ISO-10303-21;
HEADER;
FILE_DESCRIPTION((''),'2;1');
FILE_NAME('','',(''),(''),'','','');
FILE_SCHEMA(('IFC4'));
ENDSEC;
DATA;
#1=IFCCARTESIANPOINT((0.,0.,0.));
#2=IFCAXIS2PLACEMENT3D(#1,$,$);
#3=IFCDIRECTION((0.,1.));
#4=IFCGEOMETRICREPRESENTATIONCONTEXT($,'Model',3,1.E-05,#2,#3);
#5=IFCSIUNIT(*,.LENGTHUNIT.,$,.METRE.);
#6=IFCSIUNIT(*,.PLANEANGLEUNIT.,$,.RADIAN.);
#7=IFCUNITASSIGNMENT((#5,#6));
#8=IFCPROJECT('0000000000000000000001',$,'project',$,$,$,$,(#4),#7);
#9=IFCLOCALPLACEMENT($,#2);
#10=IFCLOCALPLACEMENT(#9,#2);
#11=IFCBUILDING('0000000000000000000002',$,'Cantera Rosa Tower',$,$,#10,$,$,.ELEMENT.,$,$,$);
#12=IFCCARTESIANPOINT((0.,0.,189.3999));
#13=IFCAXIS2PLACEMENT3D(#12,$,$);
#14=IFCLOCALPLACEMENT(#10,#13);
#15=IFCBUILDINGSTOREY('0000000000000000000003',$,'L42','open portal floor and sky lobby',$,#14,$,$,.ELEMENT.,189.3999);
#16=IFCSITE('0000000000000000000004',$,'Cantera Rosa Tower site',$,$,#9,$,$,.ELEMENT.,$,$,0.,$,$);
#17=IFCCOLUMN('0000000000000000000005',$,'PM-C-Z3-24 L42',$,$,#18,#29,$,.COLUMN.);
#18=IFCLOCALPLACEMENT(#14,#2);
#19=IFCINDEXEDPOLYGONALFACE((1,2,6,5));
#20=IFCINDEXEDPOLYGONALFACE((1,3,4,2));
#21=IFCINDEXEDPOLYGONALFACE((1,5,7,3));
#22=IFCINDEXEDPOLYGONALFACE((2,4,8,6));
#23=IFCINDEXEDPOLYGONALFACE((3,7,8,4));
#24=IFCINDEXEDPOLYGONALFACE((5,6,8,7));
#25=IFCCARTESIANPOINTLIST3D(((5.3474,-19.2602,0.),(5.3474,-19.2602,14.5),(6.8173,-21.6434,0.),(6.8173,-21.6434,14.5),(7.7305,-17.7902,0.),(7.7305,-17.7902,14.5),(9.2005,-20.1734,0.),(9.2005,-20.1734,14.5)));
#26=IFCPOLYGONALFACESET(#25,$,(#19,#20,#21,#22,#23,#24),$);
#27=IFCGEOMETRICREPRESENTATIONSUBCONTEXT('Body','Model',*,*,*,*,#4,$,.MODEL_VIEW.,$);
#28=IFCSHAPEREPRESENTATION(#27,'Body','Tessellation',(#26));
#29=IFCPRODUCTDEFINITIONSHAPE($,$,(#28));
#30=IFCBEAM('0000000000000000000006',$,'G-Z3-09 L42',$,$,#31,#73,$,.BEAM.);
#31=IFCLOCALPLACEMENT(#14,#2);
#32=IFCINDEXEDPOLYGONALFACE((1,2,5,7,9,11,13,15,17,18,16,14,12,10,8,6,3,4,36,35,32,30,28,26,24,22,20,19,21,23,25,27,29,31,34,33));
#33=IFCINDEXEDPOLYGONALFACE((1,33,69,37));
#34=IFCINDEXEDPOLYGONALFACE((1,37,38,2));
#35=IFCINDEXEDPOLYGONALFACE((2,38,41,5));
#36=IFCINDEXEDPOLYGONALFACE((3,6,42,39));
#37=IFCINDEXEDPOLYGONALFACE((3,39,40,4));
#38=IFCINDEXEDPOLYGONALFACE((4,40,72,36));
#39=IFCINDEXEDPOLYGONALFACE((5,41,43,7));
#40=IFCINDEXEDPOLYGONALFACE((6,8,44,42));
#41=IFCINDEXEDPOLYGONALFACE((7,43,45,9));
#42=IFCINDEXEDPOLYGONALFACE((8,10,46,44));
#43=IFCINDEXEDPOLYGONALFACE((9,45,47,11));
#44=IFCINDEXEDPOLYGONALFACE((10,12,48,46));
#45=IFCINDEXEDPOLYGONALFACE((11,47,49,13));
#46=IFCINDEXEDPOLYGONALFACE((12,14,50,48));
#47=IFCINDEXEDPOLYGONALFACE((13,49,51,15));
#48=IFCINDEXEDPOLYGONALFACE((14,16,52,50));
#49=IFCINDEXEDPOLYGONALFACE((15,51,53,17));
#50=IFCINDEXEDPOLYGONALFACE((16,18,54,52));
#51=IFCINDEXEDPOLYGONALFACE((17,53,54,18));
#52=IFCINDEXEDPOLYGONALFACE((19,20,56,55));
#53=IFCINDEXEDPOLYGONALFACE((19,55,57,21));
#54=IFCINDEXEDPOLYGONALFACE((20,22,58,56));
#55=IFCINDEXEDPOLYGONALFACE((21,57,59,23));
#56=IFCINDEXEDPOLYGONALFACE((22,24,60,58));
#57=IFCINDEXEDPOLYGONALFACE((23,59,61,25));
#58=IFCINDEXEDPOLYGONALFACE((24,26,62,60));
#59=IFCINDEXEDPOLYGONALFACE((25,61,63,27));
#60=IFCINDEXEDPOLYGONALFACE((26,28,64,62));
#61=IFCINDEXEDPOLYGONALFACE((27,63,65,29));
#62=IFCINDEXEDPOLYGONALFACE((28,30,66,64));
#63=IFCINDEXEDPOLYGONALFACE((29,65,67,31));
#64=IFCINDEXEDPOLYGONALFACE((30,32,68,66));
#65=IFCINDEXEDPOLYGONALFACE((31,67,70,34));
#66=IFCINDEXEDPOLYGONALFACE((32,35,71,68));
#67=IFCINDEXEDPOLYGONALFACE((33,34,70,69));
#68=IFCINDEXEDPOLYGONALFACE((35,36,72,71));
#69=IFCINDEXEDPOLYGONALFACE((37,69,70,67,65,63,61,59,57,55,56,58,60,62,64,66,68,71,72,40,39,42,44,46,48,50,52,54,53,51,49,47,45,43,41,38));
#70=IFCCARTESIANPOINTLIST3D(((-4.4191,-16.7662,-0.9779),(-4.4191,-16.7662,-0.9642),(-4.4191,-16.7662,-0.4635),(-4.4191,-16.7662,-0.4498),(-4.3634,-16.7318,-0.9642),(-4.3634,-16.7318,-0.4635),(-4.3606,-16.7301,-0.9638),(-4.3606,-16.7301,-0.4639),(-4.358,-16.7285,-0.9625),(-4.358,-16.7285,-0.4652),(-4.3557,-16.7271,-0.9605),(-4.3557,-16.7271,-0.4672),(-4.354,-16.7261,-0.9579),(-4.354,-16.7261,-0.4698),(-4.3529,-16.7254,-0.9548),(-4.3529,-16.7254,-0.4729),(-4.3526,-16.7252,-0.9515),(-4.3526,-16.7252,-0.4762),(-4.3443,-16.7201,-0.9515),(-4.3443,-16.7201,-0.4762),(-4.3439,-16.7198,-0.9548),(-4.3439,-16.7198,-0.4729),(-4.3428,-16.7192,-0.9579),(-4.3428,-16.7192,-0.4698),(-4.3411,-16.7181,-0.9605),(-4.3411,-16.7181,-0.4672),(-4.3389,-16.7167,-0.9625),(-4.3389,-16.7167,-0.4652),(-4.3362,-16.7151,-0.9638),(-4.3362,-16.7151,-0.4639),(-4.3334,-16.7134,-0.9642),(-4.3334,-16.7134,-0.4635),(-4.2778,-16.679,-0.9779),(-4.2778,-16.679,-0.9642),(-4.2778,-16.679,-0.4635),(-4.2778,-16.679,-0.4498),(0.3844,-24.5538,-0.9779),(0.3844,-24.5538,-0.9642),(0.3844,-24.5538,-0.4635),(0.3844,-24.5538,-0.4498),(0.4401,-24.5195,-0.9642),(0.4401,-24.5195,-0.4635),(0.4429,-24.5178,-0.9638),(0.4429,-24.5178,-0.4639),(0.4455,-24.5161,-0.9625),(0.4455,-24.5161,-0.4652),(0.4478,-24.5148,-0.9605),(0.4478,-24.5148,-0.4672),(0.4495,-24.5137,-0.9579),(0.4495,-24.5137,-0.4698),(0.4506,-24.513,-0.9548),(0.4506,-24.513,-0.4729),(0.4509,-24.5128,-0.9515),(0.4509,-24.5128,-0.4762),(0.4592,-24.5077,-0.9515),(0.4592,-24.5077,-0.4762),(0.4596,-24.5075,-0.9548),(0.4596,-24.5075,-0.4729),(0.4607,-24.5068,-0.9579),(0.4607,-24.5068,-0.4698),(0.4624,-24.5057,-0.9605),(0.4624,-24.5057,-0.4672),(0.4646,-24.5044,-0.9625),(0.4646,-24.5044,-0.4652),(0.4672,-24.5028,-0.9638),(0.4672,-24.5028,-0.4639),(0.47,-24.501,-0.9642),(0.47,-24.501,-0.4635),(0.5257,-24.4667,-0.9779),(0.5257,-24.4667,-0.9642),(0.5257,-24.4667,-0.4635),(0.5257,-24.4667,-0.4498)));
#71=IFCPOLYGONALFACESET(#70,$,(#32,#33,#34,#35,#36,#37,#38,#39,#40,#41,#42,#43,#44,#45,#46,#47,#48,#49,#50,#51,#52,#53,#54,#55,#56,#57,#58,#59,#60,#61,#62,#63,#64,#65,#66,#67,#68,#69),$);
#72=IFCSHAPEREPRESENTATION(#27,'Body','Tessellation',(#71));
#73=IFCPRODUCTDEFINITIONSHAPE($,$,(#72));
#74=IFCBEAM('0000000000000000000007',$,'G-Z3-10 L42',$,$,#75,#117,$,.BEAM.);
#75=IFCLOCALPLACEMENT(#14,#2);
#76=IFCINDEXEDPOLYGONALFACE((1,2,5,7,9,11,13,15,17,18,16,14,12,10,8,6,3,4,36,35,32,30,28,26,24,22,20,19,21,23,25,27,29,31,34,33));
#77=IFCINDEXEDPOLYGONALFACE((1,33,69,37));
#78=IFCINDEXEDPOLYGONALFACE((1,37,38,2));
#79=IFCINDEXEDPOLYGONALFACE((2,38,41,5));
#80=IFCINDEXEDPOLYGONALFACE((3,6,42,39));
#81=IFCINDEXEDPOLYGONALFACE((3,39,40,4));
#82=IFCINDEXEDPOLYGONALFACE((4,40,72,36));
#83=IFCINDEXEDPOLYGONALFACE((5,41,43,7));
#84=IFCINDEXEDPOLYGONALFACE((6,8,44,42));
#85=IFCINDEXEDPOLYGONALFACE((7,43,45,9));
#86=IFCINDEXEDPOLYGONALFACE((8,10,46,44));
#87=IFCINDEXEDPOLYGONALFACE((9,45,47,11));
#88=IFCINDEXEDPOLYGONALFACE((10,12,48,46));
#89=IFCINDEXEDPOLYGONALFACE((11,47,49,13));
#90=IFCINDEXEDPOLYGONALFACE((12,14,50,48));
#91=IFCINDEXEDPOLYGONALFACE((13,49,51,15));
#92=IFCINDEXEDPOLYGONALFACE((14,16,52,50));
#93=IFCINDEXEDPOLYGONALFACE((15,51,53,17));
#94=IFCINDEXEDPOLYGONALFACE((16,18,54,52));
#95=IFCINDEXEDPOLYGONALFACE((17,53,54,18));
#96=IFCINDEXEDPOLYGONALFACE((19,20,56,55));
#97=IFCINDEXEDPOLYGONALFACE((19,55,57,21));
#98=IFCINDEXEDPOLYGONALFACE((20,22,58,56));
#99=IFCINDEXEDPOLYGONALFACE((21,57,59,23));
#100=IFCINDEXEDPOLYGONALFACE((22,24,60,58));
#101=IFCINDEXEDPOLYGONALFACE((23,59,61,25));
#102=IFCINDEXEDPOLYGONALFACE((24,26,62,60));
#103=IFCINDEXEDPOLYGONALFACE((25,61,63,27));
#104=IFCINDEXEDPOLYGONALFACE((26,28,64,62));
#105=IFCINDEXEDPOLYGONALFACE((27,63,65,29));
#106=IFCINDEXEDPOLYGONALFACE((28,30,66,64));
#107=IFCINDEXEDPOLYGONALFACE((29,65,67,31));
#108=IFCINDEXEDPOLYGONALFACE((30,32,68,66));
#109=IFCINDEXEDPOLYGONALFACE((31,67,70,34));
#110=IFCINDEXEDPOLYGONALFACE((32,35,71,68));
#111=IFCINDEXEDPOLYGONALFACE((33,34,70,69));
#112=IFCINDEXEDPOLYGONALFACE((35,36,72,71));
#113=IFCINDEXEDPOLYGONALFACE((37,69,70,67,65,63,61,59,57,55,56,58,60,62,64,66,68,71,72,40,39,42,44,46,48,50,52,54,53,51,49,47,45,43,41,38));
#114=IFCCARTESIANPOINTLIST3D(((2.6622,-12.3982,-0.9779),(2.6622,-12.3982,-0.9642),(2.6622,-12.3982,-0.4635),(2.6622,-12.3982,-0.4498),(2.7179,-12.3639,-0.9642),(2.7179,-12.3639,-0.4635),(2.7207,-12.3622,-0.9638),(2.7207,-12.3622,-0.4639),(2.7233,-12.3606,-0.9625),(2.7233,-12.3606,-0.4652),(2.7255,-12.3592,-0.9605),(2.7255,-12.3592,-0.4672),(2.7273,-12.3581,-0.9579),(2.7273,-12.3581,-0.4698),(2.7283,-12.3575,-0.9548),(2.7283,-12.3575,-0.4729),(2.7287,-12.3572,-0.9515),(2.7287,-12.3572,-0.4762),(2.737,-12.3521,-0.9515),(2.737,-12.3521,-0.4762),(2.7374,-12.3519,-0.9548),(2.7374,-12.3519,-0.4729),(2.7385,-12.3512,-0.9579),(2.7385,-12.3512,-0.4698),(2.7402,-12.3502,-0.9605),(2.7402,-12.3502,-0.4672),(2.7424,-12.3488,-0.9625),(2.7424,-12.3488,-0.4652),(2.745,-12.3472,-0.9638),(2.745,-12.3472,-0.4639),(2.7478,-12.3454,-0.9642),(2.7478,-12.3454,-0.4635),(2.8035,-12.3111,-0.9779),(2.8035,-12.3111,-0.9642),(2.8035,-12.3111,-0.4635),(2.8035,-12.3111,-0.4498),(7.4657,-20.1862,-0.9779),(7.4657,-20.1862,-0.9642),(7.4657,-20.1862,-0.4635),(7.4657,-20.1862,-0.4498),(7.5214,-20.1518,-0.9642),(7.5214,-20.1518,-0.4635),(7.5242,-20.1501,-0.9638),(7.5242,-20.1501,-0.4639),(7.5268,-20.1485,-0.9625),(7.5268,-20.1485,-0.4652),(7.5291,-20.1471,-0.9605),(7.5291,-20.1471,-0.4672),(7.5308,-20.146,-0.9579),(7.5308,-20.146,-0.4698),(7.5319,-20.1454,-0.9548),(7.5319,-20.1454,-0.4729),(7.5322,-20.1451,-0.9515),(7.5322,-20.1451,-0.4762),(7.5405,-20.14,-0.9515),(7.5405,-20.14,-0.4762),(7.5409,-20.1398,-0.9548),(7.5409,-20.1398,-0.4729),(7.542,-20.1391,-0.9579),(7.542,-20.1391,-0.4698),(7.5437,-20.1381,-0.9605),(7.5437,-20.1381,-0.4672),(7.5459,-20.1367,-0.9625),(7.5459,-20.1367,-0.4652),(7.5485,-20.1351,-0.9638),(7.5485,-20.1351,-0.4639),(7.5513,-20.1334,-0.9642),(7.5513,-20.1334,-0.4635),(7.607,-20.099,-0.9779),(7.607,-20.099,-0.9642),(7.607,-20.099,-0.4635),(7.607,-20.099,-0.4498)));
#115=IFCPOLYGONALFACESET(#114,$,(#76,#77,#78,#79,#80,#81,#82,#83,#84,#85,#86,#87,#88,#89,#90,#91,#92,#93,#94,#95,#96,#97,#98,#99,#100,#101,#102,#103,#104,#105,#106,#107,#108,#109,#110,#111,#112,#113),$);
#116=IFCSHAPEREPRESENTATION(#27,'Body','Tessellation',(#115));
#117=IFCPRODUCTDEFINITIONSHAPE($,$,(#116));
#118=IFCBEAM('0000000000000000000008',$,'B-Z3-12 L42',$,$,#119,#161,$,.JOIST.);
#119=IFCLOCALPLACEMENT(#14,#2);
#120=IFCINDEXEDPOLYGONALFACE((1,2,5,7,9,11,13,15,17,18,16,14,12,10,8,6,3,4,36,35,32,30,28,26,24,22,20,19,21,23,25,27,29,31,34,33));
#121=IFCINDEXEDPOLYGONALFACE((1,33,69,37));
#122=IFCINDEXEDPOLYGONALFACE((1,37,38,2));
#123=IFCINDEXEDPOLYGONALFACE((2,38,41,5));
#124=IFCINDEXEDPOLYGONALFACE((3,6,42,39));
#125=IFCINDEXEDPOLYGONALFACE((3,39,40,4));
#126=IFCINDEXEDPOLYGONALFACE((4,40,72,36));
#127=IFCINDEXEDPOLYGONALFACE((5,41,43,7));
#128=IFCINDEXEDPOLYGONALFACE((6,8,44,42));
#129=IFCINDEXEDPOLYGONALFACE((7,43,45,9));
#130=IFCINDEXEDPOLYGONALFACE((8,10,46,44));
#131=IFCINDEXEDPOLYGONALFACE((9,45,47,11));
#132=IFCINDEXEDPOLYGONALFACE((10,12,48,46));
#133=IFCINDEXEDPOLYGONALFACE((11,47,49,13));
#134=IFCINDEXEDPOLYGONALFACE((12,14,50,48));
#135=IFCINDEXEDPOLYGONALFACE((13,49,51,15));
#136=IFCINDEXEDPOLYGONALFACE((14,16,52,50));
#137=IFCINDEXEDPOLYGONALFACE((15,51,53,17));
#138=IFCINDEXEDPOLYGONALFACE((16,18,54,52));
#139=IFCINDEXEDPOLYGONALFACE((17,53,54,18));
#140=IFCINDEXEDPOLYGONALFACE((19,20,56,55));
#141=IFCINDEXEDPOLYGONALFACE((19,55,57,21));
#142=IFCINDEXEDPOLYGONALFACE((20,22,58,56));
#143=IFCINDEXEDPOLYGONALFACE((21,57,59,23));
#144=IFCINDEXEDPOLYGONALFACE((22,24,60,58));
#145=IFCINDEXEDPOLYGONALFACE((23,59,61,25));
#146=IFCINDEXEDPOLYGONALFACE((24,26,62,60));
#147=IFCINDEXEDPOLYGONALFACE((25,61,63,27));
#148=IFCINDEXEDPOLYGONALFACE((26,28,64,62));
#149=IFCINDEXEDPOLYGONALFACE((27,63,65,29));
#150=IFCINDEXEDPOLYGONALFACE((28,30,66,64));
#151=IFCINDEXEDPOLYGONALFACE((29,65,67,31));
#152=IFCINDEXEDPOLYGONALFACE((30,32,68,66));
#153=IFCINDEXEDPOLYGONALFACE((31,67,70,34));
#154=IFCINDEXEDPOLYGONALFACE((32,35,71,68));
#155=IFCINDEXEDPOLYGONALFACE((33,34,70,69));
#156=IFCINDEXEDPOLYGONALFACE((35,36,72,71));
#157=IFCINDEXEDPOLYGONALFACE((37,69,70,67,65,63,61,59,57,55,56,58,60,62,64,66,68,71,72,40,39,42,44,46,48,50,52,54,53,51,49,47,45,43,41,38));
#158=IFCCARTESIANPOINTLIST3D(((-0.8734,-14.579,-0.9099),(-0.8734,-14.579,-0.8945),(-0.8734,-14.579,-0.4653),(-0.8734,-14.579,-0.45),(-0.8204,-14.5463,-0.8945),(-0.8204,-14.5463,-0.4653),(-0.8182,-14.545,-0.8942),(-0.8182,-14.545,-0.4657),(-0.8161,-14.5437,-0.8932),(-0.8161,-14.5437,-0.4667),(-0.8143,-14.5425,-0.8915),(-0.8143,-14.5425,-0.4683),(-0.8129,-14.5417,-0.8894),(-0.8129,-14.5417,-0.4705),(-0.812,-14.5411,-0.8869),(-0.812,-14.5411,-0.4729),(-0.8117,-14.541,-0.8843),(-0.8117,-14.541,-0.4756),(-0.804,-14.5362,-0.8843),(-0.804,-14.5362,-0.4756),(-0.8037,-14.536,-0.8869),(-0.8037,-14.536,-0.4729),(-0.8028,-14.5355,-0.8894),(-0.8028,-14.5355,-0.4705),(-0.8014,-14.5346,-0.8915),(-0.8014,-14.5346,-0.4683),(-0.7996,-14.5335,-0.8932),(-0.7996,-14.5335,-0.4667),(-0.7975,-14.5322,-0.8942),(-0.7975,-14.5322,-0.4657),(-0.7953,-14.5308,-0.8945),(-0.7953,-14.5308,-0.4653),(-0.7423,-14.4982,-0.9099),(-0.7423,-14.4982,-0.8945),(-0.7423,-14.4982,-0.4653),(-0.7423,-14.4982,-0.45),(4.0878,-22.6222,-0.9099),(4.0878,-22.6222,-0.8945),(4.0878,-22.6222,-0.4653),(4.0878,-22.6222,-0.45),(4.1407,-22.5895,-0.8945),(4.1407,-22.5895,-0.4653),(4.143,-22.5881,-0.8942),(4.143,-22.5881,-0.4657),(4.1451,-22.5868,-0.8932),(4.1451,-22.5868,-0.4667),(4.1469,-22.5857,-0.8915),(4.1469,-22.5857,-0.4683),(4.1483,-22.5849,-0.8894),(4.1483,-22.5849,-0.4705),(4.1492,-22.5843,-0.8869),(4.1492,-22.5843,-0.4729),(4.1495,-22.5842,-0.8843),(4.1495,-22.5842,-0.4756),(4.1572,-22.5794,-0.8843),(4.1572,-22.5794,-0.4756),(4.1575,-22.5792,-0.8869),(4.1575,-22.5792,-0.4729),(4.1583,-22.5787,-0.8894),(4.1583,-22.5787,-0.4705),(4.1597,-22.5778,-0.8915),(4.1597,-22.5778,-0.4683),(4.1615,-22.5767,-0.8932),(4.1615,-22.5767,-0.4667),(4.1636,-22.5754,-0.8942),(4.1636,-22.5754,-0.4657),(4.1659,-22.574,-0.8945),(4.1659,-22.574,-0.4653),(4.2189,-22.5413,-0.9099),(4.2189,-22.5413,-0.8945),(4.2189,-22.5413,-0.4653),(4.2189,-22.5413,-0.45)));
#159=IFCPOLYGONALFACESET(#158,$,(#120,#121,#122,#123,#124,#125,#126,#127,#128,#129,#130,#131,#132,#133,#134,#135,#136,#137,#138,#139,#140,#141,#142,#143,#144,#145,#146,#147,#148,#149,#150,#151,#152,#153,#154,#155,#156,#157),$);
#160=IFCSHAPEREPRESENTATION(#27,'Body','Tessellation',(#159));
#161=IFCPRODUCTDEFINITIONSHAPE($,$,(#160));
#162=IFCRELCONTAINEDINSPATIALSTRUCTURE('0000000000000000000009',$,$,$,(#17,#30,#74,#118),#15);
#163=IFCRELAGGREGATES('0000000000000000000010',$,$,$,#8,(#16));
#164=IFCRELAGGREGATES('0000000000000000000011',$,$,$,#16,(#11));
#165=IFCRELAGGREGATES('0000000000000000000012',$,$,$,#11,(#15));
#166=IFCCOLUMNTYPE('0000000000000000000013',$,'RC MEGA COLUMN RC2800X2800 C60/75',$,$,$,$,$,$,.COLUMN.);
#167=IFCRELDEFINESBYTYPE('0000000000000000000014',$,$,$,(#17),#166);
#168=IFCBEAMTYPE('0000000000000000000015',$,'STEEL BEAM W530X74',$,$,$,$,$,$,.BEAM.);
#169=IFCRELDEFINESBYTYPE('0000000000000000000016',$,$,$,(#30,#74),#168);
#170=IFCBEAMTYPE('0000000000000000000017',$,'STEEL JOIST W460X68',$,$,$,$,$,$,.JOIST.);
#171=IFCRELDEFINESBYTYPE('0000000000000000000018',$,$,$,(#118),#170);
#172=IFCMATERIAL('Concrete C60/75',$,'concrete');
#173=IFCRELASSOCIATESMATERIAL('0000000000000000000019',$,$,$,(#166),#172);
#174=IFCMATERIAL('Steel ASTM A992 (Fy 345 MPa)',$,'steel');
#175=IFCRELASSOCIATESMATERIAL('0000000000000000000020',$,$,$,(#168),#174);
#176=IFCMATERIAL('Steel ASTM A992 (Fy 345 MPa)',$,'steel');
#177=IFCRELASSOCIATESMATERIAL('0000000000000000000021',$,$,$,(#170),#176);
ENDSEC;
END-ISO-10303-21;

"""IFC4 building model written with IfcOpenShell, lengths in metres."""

from ifc_helpers import new_model, si_unit, direction, frame, origin, origin_2d, place, context, subcontext, project, spatial, rectangle, i_section, extrude, material, material_profile, profile_set, type_object, element, save


model = new_model("IFC4")

# Units and contexts
model_context = context("Model", 3, precision=1e-05, world=origin(), true_north=direction((0.0, 1.0)))
body_context = subcontext(model_context, "Body", "Model", "MODEL_VIEW")
ifc_project = project(units=[si_unit("LENGTHUNIT", "METRE"), si_unit("PLANEANGLEUNIT", "RADIAN")], contexts=[model_context])

# Site, building, storey
site_placement = place(None, origin())
site = spatial("IfcSite", under=ifc_project, at=site_placement, Name="Cantera Rosa Tower site", CompositionType="ELEMENT", RefElevation=0.0)
building_placement = place(site_placement, origin())
building = spatial("IfcBuilding", under=site, at=building_placement, Name="Cantera Rosa Tower", CompositionType="ELEMENT")
storey_placement = place(building_placement, frame((0.0, 0.0, 189.3999)))
storey = spatial("IfcBuildingStorey", under=building, at=storey_placement, Name="L42", Description="open portal floor and sky lobby", CompositionType="ELEMENT", Elevation=189.3999)

# Column
ifc_material_1 = material(Name="Concrete C60/75", Category="concrete")
ifc_material_profile_1 = material_profile(ifc_material_1, rectangle(XDim=2.8, YDim=2.8, at=origin_2d()), Name="RC MEGA COLUMN RC2800X2800 C60/75")
ifc_profile_set_1 = profile_set([ifc_material_profile_1], Name="Concrete C60/75")
column_type = type_object("IfcColumnType", Name="RC MEGA COLUMN RC2800X2800 C60/75", PredefinedType="COLUMN", material=ifc_profile_set_1)
column_placement = place(storey_placement, frame((7.2739, -19.7168, 0.0), z_axis=(0.0, 0.0, 1.0), x_axis=(0.851117, 0.524977, 0.0)))
element("IfcColumn", 1, at=column_placement, inside=storey, type_object=column_type, Name="PM-C-Z3-24 L42", PredefinedType="COLUMN", context=body_context, shape_type="SweptSolid", body=[
    extrude(rectangle(XDim=2.8, YDim=2.8, at=origin_2d()), origin(), (0.0, 0.0, 1.0), 14.5),
])

# Beams
ifc_material_2 = material(Name="Steel ASTM A992 (Fy 345 MPa)", Category="steel")
ifc_material_profile_2 = material_profile(ifc_material_2, i_section(OverallWidth=0.166, OverallDepth=0.5281, WebThickness=0.0098, FlangeThickness=0.0137, FilletRadius=0.0127, at=origin_2d()), Name="W530X74")
ifc_profile_set_2 = profile_set([ifc_material_profile_2], Name="Steel ASTM A992 (Fy 345 MPa)")
beam_type_1 = type_object("IfcBeamType", Name="STEEL BEAM W530X74", PredefinedType="BEAM", material=ifc_profile_set_2)
beam_1_placement = place(storey_placement, frame((0.4551, -24.5103, -0.7139), z_axis=(-0.524977, 0.851116, 0.0), x_axis=(-0.851116, -0.524977, 0.0)))
element("IfcBeam", 2, at=beam_1_placement, inside=storey, type_object=beam_type_1, Name="G-Z3-09 L42", PredefinedType="BEAM", context=body_context, shape_type="SweptSolid", body=[
    extrude(i_section(OverallWidth=0.166, OverallDepth=0.5281, WebThickness=0.0098, FlangeThickness=0.0137, FilletRadius=0.0127, at=origin_2d()), origin(), (0.0, 0.0, 1.0), 9.1499),
])
beam_2_placement = place(storey_placement, frame((7.5364, -20.1426, -0.7139), z_axis=(-0.524965, 0.851124, 0.0), x_axis=(-0.851124, -0.524965, 0.0)))
element("IfcBeam", 3, at=beam_2_placement, inside=storey, type_object=beam_type_1, Name="G-Z3-10 L42", PredefinedType="BEAM", context=body_context, shape_type="SweptSolid", body=[
    extrude(i_section(OverallWidth=0.166, OverallDepth=0.5281, WebThickness=0.0098, FlangeThickness=0.0137, FilletRadius=0.0127, at=origin_2d()), origin(), (0.0, 0.0, 1.0), 9.1501),
])
ifc_material_3 = material(Name="Steel ASTM A992 (Fy 345 MPa)", Category="steel")
ifc_material_profile_3 = material_profile(ifc_material_3, i_section(OverallWidth=0.1541, OverallDepth=0.46, WebThickness=0.009, FlangeThickness=0.0154, FilletRadius=0.0103, at=origin_2d()), Name="W460X68")
ifc_profile_set_3 = profile_set([ifc_material_profile_3], Name="Steel ASTM A992 (Fy 345 MPa)")
beam_type_2 = type_object("IfcBeamType", Name="STEEL JOIST W460X68", PredefinedType="JOIST", material=ifc_profile_set_3)
beam_3_placement = place(storey_placement, frame((4.1533, -22.5818, -0.6799), z_axis=(-0.524981, 0.851114, 0.0), x_axis=(-0.851114, -0.524981, 0.0)))
element("IfcBeam", 4, at=beam_3_placement, inside=storey, type_object=beam_type_2, Name="B-Z3-12 L42", PredefinedType="JOIST", context=body_context, shape_type="SweptSolid", body=[
    extrude(i_section(OverallWidth=0.1541, OverallDepth=0.46, WebThickness=0.009, FlangeThickness=0.0154, FilletRadius=0.0103, at=origin_2d()), origin(), (0.0, 0.0, 1.0), 9.4502),
])

save(model, "model.ifc")
